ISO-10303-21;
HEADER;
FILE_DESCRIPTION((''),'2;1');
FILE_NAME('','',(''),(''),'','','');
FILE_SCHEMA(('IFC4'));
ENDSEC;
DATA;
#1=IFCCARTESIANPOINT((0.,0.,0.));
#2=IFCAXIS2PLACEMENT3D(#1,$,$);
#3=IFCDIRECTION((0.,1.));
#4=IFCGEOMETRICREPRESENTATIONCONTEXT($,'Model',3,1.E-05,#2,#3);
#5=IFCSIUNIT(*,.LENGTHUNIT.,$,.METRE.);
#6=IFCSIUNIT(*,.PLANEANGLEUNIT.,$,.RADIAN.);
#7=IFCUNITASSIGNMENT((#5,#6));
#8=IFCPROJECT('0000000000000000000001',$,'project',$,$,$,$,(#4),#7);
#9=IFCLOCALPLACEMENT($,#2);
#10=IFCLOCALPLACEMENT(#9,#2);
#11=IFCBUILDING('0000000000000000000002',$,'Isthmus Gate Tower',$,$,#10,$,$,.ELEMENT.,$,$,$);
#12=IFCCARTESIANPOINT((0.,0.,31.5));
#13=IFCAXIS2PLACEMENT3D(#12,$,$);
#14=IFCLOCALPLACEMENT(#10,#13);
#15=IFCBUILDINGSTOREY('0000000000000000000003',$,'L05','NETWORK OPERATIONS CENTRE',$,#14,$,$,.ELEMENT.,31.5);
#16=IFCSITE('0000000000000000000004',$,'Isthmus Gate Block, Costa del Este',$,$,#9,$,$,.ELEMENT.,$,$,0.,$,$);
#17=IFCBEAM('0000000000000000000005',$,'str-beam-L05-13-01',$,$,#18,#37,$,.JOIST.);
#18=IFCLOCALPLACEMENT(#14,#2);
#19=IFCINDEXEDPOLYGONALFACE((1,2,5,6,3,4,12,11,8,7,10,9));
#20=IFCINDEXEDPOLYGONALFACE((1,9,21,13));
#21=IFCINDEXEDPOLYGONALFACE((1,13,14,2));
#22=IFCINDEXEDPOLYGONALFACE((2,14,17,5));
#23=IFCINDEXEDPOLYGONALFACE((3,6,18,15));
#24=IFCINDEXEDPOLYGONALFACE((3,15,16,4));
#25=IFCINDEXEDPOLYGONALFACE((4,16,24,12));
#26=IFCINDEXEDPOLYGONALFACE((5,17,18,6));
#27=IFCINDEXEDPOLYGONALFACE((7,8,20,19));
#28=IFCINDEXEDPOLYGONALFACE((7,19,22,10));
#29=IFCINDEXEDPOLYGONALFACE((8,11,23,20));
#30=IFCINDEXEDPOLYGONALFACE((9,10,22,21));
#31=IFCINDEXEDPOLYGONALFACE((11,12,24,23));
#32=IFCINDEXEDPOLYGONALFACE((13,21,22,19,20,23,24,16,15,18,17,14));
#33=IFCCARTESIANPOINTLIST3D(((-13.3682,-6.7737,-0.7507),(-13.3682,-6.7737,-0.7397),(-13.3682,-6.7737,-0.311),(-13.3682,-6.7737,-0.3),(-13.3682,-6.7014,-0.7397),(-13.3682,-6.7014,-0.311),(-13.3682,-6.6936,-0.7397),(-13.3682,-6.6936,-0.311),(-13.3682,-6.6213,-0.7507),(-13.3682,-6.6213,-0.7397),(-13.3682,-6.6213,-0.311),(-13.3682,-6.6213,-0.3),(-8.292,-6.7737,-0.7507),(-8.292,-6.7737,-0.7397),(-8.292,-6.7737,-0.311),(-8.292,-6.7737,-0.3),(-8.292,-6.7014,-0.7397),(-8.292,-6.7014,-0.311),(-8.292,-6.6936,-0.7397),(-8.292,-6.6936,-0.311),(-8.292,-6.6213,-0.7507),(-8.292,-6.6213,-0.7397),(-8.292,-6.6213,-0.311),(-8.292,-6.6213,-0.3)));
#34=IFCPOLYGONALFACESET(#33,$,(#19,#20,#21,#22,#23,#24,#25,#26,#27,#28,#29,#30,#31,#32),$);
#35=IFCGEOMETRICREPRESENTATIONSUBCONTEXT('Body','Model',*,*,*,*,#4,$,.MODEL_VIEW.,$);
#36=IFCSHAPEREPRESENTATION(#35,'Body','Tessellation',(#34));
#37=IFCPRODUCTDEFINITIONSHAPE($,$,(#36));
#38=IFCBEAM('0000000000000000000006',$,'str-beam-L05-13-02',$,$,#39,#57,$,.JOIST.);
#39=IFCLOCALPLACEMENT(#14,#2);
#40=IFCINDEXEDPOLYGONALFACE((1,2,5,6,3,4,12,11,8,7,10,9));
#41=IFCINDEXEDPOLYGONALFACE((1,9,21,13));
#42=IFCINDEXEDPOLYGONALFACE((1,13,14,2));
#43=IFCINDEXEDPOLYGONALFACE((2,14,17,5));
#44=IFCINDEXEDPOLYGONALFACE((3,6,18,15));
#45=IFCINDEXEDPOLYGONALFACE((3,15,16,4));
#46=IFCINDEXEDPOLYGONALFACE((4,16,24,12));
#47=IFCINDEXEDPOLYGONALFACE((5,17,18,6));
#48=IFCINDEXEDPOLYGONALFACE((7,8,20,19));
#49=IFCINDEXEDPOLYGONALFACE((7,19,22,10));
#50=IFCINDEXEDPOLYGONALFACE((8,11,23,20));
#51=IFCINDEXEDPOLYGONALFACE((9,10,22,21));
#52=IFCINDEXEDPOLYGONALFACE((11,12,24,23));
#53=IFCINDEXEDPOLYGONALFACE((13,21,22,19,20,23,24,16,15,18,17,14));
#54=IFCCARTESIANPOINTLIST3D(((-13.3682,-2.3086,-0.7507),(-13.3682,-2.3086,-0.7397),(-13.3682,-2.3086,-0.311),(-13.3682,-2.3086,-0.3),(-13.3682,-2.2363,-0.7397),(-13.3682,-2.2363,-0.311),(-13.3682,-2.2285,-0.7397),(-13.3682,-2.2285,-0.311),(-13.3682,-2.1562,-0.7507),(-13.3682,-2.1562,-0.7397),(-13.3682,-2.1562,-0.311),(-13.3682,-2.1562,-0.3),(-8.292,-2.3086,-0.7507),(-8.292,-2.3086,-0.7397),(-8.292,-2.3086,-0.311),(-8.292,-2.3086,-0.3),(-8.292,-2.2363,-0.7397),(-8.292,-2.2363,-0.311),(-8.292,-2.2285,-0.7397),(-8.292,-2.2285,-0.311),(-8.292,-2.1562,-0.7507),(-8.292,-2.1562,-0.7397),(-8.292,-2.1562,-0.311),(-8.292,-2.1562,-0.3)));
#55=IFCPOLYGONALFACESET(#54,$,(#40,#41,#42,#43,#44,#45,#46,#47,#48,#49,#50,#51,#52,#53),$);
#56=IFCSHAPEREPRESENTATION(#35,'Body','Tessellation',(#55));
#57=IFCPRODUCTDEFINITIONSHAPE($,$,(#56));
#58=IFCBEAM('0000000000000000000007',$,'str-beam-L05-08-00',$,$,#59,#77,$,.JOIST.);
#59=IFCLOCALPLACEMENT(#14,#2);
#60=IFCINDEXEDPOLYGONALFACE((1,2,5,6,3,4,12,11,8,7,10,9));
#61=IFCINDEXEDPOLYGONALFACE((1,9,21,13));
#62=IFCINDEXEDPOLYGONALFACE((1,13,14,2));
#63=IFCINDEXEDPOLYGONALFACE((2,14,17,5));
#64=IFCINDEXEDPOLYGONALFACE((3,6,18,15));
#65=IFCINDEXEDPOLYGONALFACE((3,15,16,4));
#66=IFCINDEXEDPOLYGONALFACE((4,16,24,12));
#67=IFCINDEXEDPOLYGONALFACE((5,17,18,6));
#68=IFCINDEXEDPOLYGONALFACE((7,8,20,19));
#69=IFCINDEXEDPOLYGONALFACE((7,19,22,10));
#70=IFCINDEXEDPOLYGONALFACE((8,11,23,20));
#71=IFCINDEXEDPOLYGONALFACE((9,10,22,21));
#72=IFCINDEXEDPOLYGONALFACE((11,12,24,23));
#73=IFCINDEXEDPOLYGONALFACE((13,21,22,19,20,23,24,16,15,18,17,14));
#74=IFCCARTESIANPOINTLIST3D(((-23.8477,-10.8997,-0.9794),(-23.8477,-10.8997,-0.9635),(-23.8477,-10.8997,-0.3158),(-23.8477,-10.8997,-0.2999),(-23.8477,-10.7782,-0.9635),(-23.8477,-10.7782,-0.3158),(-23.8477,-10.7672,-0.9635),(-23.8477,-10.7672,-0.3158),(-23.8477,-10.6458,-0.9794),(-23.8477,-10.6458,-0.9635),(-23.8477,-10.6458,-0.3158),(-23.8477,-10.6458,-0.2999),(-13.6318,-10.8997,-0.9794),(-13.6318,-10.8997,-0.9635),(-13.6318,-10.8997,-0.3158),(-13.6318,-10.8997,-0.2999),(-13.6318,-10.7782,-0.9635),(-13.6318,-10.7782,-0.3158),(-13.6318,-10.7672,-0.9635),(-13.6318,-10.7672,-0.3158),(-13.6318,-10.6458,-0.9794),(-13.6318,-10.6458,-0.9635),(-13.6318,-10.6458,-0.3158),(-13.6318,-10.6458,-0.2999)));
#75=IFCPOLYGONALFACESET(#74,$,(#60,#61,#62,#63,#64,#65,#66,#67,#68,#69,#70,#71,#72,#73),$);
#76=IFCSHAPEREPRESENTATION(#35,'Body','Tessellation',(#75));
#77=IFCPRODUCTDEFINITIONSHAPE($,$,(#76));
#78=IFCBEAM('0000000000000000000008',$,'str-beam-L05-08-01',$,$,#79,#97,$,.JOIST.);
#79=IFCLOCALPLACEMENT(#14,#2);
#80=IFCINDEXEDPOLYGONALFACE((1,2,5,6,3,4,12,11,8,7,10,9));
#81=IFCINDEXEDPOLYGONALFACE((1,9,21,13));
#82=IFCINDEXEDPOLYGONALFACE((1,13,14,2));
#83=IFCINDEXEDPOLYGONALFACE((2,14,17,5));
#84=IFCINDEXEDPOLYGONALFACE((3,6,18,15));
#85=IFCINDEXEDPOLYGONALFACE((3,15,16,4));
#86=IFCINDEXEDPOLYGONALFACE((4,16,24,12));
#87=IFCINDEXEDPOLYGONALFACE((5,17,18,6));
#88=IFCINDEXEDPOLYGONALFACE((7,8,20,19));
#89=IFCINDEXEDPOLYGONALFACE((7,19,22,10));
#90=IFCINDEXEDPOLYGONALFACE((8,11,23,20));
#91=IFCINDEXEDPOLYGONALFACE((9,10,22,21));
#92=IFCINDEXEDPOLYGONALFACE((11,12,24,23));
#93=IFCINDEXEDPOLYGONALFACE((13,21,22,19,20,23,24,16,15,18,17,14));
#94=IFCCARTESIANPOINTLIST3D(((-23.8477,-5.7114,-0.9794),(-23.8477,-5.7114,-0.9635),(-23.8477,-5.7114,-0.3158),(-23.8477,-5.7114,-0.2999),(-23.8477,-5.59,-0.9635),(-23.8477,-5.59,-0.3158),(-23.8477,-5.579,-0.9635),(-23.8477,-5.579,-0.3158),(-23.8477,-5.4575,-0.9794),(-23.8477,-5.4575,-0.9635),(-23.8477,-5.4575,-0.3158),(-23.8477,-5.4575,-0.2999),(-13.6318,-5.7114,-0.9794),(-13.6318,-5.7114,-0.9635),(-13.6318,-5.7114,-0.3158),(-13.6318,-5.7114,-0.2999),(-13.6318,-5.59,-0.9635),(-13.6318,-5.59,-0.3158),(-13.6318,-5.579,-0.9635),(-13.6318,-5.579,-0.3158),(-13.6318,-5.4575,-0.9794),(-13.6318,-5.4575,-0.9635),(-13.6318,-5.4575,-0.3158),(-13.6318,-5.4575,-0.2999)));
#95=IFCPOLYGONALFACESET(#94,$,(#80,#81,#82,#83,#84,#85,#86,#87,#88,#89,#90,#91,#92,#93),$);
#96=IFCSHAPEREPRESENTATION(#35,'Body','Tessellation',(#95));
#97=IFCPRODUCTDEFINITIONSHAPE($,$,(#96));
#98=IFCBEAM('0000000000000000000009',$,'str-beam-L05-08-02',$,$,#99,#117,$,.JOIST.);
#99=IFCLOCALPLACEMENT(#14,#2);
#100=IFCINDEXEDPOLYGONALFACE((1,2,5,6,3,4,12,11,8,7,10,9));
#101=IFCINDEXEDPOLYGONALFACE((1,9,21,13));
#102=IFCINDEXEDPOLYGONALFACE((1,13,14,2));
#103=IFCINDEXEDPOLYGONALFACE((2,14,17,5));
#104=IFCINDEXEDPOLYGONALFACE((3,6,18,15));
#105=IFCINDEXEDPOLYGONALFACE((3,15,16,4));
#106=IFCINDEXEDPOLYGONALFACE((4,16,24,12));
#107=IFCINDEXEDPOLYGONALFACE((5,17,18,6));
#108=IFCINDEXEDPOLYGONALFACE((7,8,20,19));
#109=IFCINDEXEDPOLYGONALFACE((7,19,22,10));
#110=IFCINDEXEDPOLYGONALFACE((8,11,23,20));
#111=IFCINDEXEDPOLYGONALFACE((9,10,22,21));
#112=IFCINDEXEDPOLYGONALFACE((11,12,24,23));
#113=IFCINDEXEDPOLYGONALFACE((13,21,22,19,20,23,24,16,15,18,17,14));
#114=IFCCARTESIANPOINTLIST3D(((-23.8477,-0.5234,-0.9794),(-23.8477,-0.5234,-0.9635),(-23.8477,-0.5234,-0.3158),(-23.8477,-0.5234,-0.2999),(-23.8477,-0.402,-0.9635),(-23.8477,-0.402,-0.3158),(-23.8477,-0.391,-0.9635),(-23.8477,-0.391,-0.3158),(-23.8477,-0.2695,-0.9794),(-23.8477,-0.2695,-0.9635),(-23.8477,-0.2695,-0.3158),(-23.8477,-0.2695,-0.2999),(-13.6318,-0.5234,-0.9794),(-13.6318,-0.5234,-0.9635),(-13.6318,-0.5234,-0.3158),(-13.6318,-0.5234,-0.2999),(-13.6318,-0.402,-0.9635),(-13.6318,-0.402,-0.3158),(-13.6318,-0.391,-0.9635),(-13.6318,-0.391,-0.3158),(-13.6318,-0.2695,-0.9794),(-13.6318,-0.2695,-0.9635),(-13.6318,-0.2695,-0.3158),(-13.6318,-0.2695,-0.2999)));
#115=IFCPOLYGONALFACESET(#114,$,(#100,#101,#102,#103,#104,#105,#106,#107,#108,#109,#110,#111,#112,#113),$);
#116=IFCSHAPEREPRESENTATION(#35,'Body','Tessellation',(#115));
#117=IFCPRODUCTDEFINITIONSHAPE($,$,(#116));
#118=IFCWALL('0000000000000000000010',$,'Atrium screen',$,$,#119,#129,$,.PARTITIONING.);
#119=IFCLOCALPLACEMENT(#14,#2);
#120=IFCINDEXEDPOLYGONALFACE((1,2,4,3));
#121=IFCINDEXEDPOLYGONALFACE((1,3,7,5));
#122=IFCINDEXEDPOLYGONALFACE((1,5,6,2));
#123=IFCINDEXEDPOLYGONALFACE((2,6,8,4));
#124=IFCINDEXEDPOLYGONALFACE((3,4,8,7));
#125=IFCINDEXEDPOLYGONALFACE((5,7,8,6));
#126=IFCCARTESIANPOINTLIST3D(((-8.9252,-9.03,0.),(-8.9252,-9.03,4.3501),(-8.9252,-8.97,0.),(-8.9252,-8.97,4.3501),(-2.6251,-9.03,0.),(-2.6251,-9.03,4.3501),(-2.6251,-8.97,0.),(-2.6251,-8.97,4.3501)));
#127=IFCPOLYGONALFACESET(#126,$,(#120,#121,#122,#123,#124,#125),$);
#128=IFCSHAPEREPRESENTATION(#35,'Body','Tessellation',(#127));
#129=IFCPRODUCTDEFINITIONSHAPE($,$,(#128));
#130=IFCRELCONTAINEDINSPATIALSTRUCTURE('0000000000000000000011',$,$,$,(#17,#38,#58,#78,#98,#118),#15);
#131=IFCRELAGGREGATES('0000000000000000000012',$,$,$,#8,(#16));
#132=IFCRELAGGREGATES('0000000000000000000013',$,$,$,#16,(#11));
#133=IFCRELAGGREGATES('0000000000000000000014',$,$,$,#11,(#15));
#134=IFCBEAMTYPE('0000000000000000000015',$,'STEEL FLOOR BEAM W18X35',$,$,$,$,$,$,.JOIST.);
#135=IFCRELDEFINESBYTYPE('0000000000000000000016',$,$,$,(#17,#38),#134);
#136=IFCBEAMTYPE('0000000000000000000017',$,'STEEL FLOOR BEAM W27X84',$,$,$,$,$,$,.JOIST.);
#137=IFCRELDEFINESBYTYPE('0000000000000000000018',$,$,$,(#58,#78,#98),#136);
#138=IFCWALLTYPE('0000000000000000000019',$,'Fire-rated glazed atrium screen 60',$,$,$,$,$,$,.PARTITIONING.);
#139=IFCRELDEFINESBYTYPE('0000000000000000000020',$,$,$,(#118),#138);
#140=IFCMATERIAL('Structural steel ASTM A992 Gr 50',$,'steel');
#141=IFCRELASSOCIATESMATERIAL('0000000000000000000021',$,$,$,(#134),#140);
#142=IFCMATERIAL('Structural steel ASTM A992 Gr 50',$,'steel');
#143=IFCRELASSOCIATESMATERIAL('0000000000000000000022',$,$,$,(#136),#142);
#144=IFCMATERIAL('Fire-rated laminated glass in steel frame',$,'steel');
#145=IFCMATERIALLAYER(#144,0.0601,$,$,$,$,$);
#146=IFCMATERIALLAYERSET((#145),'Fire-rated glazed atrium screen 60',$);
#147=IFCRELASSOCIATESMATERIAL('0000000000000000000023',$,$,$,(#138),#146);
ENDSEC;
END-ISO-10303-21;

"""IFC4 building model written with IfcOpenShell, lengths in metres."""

from ifc_helpers import new_model, si_unit, direction, frame, frame_2d, origin, origin_2d, place, context, subcontext, project, spatial, rectangle, i_section, extrude, material, layer, layer_set, material_profile, profile_set, type_object, element, save


model = new_model("IFC4")

# Units and contexts
model_context = context("Model", 3, precision=1e-05, world=origin(), true_north=direction((0.0, 1.0)))
body_context = subcontext(model_context, "Body", "Model", "MODEL_VIEW")
ifc_project = project(units=[si_unit("LENGTHUNIT", "METRE"), si_unit("PLANEANGLEUNIT", "RADIAN")], contexts=[model_context])

# Site, building, storey
site_placement = place(None, origin())
site = spatial("IfcSite", under=ifc_project, at=site_placement, Name="Isthmus Gate Block, Costa del Este", CompositionType="ELEMENT", RefElevation=0.0)
building_placement = place(site_placement, origin())
building = spatial("IfcBuilding", under=site, at=building_placement, Name="Isthmus Gate Tower", CompositionType="ELEMENT")
storey_placement = place(building_placement, frame((0.0, 0.0, 31.5)))
storey = spatial("IfcBuildingStorey", under=building, at=storey_placement, Name="L05", Description="NETWORK OPERATIONS CENTRE", CompositionType="ELEMENT", Elevation=31.5)

# Beams
ifc_material_1 = material(Name="Structural steel ASTM A992 Gr 50", Category="steel")
ifc_material_profile_1 = material_profile(ifc_material_1, i_section(OverallWidth=0.1523, OverallDepth=0.4507, WebThickness=0.0078, FlangeThickness=0.011, at=origin_2d()), Name="W18X35")
ifc_profile_set_1 = profile_set([ifc_material_profile_1], Name="Structural steel ASTM A992 Gr 50")
beam_type_1 = type_object("IfcBeamType", Name="STEEL FLOOR BEAM W18X35", PredefinedType="JOIST", material=ifc_profile_set_1)
for number, where, z_axis, x_axis, name in (
    (1, (-13.3682, -6.6975, -0.5254), (1.0, 0.0, 0.0), (0.0, 1.0, 0.0), "str-beam-L05-13-01"),
    (2, (-13.3682, -2.2324, -0.5254), (1.0, 0.0, 0.0), (0.0, 1.0, 0.0), "str-beam-L05-13-02"),
):
    element("IfcBeam", number, at=place(storey_placement, frame(where, z_axis=z_axis, x_axis=x_axis)), inside=storey, type_object=beam_type_1, Name=name, PredefinedType="JOIST", context=body_context, shape_type="SweptSolid", body=[
        extrude(i_section(OverallWidth=0.1523, OverallDepth=0.4507, WebThickness=0.0078, FlangeThickness=0.011, at=origin_2d()), origin(), (0.0, 0.0, 1.0), 5.0762),
    ])
ifc_material_2 = material(Name="Structural steel ASTM A992 Gr 50", Category="steel")
ifc_material_profile_2 = material_profile(ifc_material_2, i_section(OverallWidth=0.2539, OverallDepth=0.6794, WebThickness=0.011, FlangeThickness=0.0159, at=origin_2d()), Name="W27X84")
ifc_profile_set_2 = profile_set([ifc_material_profile_2], Name="Structural steel ASTM A992 Gr 50")
beam_type_2 = type_object("IfcBeamType", Name="STEEL FLOOR BEAM W27X84", PredefinedType="JOIST", material=ifc_profile_set_2)
for number, where, z_axis, x_axis, name in (
    (3, (-23.8477, -10.7727, -0.6396), (1.0, 0.0, 0.0), (0.0, 1.0, 0.0), "str-beam-L05-08-00"),
    (4, (-23.8477, -5.5845, -0.6396), (1.0, 0.0, 0.0), (0.0, 1.0, 0.0), "str-beam-L05-08-01"),
    (5, (-23.8477, -0.3965, -0.6396), (1.0, 0.0, 0.0), (0.0, 1.0, 0.0), "str-beam-L05-08-02"),
):
    element("IfcBeam", number, at=place(storey_placement, frame(where, z_axis=z_axis, x_axis=x_axis)), inside=storey, type_object=beam_type_2, Name=name, PredefinedType="JOIST", context=body_context, shape_type="SweptSolid", body=[
        extrude(i_section(OverallWidth=0.2539, OverallDepth=0.6794, WebThickness=0.011, FlangeThickness=0.0159, at=origin_2d()), origin(), (0.0, 0.0, 1.0), 10.2158),
    ])

# Wall
ifc_material_3 = material(Name="Fire-rated laminated glass in steel frame", Category="steel")
ifc_layer_1 = layer(ifc_material_3, 0.0601)
ifc_layer_set_1 = layer_set([ifc_layer_1], Name="Fire-rated glazed atrium screen 60")
wall_type_1 = type_object("IfcWallType", Name="Fire-rated glazed atrium screen 60", PredefinedType="PARTITIONING", material=ifc_layer_set_1)
wall_1_placement = place(storey_placement, frame((-8.925, -9.0, 0.0), z_axis=(0.0, 0.0, 1.0), x_axis=(1.0, 0.0, 0.0)))
element("IfcWall", 6, at=wall_1_placement, inside=storey, type_object=wall_type_1, Name="Atrium screen", PredefinedType="PARTITIONING", context=body_context, shape_type="SweptSolid", body=[
    extrude(rectangle(XDim=6.3, YDim=0.0601, at=frame_2d((3.1499, 0.0))), origin(), (0.0, 0.0, 1.0), 4.3501),
])

save(model, "model.ifc")
